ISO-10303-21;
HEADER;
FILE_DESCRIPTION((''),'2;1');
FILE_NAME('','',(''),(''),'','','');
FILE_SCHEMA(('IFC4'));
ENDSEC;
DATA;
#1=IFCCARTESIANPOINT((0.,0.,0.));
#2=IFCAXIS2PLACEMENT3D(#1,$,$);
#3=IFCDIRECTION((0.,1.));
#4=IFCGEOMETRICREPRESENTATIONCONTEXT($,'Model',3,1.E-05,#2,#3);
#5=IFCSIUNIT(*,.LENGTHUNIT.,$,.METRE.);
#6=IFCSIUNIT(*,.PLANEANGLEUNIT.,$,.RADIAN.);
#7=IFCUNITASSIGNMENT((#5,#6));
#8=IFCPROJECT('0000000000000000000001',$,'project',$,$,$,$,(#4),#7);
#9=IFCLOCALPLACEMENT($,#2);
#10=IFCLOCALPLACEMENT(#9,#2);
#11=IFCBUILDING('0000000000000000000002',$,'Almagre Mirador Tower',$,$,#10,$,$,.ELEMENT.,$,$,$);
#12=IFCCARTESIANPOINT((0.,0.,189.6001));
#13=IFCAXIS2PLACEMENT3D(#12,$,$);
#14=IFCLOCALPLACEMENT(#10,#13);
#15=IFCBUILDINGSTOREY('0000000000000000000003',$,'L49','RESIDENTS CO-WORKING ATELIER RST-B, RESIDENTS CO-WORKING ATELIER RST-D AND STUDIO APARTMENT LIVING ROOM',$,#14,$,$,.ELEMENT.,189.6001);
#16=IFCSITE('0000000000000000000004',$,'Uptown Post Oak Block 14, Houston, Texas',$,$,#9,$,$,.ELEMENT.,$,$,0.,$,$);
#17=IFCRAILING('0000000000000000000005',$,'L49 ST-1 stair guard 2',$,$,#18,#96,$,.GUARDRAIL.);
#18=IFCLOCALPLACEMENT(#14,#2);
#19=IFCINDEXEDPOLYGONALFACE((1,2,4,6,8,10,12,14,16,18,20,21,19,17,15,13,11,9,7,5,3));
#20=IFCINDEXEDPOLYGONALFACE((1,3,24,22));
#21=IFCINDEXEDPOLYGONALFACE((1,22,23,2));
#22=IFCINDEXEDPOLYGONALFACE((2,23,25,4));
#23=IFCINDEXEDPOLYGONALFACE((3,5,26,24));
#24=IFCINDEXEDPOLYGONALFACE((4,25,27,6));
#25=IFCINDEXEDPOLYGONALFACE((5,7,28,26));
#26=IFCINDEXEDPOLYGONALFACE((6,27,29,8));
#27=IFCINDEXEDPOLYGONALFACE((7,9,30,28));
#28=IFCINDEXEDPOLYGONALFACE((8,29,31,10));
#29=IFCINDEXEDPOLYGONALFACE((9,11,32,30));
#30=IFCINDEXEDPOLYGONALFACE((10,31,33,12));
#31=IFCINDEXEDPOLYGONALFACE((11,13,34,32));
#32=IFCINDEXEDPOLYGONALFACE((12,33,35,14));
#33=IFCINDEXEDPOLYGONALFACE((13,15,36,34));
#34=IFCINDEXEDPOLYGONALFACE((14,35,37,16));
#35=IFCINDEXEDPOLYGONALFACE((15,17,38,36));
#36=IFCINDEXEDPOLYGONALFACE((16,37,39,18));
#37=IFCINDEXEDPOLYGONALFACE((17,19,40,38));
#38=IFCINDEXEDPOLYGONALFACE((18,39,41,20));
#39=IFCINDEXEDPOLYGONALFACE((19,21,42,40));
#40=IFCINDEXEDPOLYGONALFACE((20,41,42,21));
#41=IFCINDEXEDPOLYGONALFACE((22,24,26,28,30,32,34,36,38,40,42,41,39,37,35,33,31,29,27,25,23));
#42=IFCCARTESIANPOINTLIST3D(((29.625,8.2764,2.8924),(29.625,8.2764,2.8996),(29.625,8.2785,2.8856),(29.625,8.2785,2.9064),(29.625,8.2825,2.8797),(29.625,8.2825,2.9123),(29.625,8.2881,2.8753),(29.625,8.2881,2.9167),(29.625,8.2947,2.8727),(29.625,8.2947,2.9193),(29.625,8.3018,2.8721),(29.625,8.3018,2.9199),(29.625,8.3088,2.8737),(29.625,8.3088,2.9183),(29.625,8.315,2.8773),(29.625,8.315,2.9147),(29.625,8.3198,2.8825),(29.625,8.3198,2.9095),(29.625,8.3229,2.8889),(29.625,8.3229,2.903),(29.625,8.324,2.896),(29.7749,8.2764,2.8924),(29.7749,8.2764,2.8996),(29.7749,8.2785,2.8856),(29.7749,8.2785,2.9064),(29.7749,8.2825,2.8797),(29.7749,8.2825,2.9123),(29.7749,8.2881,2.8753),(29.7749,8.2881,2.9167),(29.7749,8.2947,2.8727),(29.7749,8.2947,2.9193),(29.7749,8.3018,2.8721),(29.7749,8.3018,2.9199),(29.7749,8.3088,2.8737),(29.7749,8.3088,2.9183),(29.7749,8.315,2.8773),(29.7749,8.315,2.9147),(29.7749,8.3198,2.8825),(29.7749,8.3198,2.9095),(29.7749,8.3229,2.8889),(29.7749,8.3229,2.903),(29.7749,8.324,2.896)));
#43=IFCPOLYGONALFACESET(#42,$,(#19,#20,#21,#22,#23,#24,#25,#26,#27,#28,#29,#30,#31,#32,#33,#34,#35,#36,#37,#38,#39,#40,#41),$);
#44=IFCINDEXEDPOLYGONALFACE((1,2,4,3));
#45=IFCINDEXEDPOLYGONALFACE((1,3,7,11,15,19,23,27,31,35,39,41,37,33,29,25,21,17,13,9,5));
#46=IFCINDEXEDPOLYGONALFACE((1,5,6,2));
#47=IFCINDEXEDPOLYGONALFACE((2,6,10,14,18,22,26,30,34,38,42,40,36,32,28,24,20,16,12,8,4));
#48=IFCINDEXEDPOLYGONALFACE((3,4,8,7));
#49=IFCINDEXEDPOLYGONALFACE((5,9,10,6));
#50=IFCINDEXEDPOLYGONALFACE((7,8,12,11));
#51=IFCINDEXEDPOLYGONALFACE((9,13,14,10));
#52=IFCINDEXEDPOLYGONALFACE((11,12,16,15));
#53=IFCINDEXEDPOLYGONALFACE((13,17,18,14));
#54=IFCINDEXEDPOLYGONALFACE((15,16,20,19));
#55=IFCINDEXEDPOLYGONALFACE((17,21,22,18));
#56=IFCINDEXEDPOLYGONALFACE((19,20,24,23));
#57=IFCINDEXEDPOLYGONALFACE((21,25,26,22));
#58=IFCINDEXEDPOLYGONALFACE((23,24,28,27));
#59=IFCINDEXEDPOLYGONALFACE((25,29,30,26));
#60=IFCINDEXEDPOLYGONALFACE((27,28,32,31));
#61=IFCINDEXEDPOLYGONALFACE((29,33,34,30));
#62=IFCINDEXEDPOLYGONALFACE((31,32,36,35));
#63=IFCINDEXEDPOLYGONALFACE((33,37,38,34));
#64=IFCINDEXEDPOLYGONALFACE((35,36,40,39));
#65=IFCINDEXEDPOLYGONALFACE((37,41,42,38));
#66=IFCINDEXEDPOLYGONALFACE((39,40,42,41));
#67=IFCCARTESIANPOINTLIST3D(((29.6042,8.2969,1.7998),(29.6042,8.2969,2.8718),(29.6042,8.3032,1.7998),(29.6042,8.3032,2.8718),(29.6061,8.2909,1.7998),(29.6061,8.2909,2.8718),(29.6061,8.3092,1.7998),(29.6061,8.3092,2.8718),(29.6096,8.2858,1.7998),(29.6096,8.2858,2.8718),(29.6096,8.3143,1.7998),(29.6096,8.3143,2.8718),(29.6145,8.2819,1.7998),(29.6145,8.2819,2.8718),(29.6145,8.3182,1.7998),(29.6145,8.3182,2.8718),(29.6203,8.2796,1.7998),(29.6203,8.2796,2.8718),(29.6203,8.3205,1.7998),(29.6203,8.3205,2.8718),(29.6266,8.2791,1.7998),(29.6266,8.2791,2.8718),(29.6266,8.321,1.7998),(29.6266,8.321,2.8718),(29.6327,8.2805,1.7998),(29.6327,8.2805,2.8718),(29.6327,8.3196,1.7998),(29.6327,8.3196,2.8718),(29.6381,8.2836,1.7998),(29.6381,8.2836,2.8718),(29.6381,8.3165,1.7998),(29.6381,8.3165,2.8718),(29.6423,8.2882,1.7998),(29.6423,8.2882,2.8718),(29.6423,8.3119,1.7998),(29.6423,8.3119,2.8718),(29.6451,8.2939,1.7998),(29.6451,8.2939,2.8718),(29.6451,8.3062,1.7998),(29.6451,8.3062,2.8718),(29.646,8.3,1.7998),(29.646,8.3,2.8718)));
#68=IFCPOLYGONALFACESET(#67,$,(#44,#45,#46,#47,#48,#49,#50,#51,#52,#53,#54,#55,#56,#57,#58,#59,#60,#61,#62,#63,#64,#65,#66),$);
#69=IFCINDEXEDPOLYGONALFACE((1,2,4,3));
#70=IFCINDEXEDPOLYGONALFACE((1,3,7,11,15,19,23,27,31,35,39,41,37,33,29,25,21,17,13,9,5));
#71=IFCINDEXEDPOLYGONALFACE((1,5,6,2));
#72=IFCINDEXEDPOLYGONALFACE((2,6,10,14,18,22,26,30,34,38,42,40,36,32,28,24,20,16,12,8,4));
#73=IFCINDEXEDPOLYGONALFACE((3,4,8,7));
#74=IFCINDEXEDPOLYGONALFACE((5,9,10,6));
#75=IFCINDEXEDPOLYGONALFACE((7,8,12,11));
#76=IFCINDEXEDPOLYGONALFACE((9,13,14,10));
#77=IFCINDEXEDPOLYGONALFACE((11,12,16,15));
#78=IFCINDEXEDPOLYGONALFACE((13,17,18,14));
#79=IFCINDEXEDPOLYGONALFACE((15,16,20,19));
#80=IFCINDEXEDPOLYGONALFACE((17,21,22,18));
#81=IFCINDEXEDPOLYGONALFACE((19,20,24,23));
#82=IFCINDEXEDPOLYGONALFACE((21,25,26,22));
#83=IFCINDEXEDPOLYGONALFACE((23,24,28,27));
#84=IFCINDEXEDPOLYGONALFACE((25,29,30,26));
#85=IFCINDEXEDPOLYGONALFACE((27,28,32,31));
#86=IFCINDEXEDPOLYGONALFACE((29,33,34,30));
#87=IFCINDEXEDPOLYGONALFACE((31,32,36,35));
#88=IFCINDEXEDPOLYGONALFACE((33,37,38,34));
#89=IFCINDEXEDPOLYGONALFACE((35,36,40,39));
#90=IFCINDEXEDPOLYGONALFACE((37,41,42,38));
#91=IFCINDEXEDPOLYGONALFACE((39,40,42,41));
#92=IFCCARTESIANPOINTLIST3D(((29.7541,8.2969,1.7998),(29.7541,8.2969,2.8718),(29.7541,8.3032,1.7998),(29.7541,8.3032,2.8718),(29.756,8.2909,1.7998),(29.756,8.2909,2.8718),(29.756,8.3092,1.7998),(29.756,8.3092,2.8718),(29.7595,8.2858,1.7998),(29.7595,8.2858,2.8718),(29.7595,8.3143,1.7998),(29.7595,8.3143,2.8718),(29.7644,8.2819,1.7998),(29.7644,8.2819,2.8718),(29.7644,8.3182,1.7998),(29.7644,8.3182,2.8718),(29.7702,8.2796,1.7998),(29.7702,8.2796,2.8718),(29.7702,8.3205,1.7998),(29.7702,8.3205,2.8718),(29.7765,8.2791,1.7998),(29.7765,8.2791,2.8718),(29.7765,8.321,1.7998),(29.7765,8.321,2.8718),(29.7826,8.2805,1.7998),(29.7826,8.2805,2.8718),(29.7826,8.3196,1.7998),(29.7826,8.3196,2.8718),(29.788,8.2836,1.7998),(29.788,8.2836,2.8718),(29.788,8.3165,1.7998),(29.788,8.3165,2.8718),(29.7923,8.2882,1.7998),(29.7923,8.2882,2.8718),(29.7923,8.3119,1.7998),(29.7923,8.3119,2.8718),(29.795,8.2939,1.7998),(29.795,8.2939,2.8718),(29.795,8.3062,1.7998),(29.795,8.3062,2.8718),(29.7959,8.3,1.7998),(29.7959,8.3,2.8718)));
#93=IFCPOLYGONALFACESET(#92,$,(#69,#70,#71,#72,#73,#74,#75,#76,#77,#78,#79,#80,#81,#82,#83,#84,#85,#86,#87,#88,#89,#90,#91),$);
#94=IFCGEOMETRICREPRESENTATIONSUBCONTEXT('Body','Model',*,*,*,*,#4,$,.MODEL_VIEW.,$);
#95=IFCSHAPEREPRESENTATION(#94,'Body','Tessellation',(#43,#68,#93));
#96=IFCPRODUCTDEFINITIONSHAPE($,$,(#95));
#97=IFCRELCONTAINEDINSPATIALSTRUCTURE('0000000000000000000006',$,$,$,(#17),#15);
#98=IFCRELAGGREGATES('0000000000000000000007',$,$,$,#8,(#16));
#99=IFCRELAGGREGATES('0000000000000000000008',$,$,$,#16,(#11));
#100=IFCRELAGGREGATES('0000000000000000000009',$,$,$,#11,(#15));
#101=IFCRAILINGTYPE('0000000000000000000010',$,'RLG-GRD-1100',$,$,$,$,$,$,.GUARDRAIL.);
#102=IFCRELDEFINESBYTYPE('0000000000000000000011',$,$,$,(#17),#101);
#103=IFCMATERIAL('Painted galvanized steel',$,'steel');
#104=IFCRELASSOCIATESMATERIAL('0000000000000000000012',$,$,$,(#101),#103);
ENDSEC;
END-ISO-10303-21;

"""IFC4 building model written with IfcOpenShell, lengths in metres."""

from ifc_helpers import new_model, si_unit, direction, frame, origin, origin_2d, place, context, subcontext, project, spatial, circle, extrude, material, type_object, element, save


model = new_model("IFC4")

# Units and contexts
model_context = context("Model", 3, precision=1e-05, world=origin(), true_north=direction((0.0, 1.0)))
body_context = subcontext(model_context, "Body", "Model", "MODEL_VIEW")
ifc_project = project(units=[si_unit("LENGTHUNIT", "METRE"), si_unit("PLANEANGLEUNIT", "RADIAN")], contexts=[model_context])

# Site, building, storey
site_placement = place(None, origin())
site = spatial("IfcSite", under=ifc_project, at=site_placement, Name="Uptown Post Oak Block 14, Houston, Texas", CompositionType="ELEMENT", RefElevation=0.0)
building_placement = place(site_placement, origin())
building = spatial("IfcBuilding", under=site, at=building_placement, Name="Almagre Mirador Tower", CompositionType="ELEMENT")
storey_placement = place(building_placement, frame((0.0, 0.0, 189.6001)))
storey = spatial("IfcBuildingStorey", under=building, at=storey_placement, Name="L49", Description="RESIDENTS CO-WORKING ATELIER RST-B, RESIDENTS CO-WORKING ATELIER RST-D AND STUDIO APARTMENT LIVING ROOM", CompositionType="ELEMENT", Elevation=189.6001)

# Railing
ifc_material_1 = material(Name="Painted galvanized steel", Category="steel")
railing_type_1 = type_object("IfcRailingType", Name="RLG-GRD-1100", PredefinedType="GUARDRAIL", material=ifc_material_1)
railing_1_placement = place(storey_placement, frame((29.625, 8.3, 1.7998)))
element("IfcRailing", 1, at=railing_1_placement, inside=storey, type_object=railing_type_1, Name="L49 ST-1 stair guard 2", PredefinedType="GUARDRAIL", context=body_context, shape_type="SweptSolid", body=[
    extrude(circle(Radius=0.0239, at=origin_2d()), frame((0.0, 0.0, 1.0962), z_axis=(1.0, 0.0, 0.0), x_axis=(0.0, 1.0, 0.0)), (0.0, 0.0, 1.0), 0.1499),
    extrude(circle(Radius=0.021, at=origin_2d()), origin(), (0.0, 0.0, 1.0), 1.072),
    extrude(circle(Radius=0.021, at=origin_2d()), frame((0.1499, 0.0, 0.0)), (0.0, 0.0, 1.0), 1.072),
])

save(model, "model.ifc")
